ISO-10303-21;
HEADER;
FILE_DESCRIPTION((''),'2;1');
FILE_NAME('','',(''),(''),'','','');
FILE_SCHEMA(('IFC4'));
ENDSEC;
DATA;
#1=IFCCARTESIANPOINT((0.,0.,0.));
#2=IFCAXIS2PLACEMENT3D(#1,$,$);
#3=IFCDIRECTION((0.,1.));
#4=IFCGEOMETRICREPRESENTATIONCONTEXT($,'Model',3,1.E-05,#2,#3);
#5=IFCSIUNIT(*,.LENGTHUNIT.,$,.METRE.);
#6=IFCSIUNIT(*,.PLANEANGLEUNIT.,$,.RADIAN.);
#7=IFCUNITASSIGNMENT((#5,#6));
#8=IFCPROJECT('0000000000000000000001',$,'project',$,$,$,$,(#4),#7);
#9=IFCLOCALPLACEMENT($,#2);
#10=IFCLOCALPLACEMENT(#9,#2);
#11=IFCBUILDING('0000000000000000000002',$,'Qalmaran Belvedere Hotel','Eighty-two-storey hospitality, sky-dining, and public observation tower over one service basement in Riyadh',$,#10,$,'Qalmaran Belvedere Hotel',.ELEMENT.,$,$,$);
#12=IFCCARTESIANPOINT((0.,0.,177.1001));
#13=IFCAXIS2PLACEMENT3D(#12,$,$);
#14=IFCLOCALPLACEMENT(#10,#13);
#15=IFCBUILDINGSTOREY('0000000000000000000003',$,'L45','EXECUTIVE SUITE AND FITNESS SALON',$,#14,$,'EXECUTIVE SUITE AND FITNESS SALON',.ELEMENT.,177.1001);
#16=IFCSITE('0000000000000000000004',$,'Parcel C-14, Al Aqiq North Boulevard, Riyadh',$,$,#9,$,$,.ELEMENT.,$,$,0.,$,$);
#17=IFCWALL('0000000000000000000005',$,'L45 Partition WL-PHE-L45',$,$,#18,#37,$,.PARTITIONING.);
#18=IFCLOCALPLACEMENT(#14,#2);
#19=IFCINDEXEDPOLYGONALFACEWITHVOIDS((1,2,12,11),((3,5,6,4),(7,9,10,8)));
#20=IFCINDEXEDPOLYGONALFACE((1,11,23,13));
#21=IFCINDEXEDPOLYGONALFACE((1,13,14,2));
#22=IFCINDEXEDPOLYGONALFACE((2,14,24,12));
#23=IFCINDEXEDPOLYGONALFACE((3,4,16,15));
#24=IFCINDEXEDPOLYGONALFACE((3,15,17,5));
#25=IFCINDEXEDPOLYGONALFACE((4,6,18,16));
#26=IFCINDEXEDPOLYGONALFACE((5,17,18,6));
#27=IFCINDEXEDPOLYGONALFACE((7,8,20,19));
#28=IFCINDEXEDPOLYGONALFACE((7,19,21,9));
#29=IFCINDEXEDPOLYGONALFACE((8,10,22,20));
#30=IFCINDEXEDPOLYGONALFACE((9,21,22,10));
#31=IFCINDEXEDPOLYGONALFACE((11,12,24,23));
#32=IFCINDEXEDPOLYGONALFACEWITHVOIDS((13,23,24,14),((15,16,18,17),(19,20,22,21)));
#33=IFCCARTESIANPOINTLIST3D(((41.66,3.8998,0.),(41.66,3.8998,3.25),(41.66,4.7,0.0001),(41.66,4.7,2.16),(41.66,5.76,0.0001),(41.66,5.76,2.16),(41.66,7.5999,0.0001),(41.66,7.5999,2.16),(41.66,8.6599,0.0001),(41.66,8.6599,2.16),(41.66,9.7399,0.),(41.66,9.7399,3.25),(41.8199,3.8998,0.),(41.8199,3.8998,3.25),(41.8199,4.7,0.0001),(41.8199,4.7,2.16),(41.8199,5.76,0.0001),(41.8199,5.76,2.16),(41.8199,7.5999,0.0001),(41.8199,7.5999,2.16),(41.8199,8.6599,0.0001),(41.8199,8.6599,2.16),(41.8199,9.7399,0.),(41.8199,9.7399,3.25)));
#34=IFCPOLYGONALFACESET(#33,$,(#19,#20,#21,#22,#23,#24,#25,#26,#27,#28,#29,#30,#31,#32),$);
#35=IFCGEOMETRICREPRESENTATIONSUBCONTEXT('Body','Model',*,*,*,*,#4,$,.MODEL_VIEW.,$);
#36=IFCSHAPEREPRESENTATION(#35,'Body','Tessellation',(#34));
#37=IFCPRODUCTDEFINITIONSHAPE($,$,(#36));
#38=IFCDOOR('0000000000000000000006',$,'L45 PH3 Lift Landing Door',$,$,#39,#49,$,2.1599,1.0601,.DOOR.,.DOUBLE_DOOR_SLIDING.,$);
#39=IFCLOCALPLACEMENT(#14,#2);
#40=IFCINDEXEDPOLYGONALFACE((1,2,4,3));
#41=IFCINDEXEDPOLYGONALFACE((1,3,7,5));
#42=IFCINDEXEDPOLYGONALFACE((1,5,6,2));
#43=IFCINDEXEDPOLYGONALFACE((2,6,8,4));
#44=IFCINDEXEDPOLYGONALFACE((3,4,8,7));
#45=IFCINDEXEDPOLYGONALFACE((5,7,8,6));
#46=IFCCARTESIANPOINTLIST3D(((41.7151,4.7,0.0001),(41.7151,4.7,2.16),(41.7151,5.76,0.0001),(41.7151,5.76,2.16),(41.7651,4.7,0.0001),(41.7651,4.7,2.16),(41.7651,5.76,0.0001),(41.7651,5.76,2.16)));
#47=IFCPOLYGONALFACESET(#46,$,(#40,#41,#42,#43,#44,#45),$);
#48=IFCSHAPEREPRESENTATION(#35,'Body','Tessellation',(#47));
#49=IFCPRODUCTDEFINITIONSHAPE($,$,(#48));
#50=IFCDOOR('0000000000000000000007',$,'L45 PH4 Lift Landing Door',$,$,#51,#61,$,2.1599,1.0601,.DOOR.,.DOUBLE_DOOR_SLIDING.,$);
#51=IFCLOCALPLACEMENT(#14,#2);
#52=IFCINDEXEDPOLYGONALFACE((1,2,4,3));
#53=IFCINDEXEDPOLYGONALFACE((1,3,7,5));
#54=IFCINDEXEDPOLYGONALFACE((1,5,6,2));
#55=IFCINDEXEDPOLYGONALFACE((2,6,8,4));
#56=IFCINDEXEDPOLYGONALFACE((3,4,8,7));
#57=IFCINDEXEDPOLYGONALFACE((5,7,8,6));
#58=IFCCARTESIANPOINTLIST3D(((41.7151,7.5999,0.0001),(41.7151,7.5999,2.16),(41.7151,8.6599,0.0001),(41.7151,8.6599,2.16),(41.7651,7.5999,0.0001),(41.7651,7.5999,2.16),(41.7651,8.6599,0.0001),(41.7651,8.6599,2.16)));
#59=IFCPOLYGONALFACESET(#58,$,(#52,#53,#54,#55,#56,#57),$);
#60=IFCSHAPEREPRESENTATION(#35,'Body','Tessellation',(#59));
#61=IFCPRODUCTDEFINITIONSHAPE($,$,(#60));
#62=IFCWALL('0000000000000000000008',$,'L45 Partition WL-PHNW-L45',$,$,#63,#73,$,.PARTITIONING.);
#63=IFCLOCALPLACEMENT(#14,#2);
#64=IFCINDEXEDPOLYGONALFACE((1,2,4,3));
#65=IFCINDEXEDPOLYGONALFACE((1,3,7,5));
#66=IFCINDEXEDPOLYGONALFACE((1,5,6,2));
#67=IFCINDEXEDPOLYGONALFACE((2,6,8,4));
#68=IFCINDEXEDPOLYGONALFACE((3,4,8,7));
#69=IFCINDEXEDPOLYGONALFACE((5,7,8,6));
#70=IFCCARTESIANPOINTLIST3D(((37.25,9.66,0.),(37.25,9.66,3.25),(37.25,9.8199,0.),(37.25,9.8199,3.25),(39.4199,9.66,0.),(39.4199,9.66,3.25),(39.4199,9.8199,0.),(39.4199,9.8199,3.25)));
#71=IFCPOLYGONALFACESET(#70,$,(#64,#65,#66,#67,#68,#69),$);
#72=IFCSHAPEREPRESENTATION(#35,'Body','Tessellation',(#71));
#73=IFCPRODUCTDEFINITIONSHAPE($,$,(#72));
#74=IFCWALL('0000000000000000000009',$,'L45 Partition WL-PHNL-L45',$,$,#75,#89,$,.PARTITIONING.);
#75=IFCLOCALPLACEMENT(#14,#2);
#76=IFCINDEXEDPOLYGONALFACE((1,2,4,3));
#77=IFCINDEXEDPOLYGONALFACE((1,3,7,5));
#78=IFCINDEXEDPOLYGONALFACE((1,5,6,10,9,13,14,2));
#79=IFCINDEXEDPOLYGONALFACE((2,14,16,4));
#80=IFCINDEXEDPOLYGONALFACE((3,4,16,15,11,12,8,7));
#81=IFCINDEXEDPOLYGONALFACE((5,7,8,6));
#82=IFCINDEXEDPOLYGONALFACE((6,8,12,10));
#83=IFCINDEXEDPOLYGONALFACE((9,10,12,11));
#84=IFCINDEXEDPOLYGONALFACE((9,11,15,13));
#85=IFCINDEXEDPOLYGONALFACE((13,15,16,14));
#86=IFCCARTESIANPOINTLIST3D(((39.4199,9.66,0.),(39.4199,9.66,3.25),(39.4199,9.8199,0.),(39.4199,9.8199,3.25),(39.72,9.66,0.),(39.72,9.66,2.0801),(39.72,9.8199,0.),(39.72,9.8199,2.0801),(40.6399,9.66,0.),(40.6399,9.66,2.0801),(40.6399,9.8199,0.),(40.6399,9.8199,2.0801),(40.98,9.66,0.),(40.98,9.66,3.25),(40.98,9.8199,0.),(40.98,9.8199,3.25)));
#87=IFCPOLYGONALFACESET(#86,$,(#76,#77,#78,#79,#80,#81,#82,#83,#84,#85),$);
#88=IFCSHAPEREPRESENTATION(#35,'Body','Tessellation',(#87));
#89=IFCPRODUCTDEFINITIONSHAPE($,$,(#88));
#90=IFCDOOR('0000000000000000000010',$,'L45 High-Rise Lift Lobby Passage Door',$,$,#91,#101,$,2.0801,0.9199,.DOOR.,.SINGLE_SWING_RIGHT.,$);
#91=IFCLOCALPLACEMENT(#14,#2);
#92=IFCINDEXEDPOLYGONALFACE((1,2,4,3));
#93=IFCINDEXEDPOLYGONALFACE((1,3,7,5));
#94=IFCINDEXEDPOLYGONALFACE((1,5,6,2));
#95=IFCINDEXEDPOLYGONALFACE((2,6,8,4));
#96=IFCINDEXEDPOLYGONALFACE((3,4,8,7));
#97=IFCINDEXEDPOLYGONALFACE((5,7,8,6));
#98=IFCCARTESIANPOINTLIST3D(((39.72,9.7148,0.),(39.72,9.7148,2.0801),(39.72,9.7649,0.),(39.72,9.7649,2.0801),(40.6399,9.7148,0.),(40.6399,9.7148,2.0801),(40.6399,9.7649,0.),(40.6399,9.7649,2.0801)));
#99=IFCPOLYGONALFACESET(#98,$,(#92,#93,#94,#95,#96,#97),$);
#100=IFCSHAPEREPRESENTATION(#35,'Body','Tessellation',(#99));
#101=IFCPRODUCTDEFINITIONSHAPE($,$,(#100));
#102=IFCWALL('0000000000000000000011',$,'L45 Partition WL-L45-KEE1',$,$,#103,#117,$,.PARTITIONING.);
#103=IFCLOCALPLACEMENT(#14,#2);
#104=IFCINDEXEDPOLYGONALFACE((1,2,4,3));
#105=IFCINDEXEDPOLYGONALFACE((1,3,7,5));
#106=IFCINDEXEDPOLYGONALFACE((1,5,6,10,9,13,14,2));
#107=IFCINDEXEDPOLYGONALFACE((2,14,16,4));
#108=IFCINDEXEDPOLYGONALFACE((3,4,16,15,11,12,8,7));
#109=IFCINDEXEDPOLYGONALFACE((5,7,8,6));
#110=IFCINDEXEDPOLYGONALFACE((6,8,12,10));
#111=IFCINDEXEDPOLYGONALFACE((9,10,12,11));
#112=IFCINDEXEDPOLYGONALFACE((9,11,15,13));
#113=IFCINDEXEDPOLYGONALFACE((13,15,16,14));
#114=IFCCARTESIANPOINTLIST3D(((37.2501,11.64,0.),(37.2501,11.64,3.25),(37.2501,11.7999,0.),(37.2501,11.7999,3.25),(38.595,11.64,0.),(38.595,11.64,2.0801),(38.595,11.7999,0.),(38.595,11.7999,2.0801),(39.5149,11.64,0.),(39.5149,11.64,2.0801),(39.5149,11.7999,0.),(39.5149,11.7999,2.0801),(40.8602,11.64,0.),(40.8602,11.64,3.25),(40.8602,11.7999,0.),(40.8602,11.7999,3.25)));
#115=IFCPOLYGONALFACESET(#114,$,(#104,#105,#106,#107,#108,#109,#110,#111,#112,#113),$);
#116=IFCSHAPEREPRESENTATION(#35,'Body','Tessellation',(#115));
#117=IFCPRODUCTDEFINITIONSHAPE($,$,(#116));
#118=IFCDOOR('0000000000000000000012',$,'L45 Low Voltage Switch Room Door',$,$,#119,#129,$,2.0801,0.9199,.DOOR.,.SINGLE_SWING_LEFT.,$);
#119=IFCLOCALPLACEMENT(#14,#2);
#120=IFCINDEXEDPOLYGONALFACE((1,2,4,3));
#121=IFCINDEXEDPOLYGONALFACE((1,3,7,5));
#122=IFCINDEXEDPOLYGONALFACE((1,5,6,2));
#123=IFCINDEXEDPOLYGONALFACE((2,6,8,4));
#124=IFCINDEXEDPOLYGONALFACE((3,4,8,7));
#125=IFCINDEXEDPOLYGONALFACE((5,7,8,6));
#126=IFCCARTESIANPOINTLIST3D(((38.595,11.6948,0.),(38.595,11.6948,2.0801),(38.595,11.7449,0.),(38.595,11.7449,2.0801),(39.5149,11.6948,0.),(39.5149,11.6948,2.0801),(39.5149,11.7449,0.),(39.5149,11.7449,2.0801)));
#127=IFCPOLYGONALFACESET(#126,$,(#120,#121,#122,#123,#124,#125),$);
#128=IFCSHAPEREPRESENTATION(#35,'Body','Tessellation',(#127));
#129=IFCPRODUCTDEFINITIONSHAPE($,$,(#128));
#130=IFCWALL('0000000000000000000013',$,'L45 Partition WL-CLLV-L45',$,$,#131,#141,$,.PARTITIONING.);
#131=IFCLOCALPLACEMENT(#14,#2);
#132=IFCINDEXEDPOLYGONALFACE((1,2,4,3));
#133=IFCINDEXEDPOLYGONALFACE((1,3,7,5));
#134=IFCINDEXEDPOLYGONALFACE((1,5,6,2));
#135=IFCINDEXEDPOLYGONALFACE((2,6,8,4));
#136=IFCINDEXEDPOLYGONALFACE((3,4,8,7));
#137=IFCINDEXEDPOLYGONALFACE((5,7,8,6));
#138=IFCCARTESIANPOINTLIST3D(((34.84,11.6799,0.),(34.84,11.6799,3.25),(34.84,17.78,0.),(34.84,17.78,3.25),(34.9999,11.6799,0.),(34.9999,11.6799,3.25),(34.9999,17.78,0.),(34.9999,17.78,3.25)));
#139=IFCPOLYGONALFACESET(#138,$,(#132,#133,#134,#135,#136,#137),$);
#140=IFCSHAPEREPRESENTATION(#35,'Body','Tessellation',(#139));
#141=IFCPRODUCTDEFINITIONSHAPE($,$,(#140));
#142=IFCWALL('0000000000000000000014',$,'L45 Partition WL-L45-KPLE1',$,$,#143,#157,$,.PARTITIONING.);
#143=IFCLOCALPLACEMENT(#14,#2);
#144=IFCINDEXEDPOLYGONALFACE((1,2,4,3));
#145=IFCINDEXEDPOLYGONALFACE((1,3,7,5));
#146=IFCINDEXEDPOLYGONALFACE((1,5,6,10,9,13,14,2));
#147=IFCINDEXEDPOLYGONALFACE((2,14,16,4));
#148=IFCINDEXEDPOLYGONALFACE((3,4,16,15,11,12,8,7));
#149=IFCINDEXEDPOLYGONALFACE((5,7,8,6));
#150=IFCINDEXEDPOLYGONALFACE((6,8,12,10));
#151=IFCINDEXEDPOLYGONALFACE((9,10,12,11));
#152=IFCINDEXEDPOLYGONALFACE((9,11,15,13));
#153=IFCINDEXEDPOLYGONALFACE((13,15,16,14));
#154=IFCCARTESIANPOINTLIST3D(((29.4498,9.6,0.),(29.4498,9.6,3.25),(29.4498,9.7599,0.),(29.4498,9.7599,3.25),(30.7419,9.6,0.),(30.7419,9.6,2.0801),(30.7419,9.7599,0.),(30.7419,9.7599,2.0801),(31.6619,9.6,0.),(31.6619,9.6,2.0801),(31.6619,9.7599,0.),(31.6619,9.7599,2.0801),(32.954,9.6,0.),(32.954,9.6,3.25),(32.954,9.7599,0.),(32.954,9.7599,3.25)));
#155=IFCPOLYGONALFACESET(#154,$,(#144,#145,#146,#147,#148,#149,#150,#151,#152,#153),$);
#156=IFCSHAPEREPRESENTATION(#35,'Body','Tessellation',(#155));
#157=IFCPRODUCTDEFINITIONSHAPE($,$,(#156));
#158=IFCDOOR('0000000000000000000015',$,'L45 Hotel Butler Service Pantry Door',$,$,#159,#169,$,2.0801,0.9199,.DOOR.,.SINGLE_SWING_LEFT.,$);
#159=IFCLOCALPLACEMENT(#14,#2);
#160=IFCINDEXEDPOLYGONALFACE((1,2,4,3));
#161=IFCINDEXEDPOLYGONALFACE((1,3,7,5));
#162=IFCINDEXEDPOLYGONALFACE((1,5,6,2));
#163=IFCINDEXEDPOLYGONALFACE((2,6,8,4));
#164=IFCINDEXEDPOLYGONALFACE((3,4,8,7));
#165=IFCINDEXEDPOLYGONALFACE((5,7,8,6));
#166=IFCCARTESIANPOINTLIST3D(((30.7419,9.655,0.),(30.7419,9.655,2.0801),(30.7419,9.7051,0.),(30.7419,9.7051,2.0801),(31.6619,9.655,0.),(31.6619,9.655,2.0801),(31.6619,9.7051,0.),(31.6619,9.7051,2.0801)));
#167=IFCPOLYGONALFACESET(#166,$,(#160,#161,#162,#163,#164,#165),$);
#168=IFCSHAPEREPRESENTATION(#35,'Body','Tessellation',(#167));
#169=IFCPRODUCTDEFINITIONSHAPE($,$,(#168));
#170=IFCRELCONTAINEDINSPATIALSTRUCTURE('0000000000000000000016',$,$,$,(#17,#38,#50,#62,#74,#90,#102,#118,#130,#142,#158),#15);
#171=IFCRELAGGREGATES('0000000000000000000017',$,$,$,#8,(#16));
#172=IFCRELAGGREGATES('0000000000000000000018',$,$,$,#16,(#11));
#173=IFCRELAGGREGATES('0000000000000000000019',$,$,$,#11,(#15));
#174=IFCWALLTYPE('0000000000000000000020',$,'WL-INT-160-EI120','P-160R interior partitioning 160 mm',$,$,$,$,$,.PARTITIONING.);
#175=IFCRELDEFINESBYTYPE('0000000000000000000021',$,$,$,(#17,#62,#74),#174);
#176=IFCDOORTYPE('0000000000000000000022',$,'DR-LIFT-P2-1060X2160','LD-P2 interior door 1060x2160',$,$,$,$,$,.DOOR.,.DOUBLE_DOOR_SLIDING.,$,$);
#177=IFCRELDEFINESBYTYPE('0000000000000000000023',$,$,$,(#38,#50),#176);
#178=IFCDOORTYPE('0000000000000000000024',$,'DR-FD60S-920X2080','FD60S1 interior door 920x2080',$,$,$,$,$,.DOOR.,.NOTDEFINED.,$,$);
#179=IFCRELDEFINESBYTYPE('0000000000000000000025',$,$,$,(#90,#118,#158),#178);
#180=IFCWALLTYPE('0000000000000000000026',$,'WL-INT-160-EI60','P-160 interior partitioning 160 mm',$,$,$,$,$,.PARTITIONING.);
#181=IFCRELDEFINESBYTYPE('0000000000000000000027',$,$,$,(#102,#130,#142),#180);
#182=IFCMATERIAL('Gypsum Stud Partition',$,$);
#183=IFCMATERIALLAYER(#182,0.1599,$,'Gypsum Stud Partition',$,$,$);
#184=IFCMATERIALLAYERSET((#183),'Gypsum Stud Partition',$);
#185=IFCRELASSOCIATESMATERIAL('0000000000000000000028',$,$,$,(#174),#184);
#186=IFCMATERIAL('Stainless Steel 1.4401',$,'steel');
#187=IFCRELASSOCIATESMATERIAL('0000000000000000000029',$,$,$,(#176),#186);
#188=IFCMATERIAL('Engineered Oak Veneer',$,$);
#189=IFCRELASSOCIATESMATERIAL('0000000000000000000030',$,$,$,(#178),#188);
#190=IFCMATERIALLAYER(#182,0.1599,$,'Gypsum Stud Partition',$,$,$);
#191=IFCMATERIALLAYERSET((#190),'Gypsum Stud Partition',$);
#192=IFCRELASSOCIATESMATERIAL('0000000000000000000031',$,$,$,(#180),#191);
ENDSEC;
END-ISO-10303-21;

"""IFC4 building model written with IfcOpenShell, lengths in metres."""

from ifc_helpers import new_model, si_unit, direction, frame, frame_2d, origin, place, context, subcontext, project, spatial, rectangle, extrude, material, layer, layer_set, type_object, element, fill, save


model = new_model("IFC4")

# Units and contexts
model_context = context("Model", 3, precision=1e-05, world=origin(), true_north=direction((0.0, 1.0)))
body_context = subcontext(model_context, "Body", "Model", "MODEL_VIEW")
ifc_project = project(units=[si_unit("LENGTHUNIT", "METRE"), si_unit("PLANEANGLEUNIT", "RADIAN")], contexts=[model_context])

# Site, building, storey
site_placement = place(None, origin())
site = spatial("IfcSite", under=ifc_project, at=site_placement, Name="Parcel C-14, Al Aqiq North Boulevard, Riyadh", CompositionType="ELEMENT", RefElevation=0.0)
building_placement = place(site_placement, origin())
building = spatial("IfcBuilding", under=site, at=building_placement, Name="Qalmaran Belvedere Hotel", Description="Eighty-two-storey hospitality, sky-dining, and public observation tower over one service basement in Riyadh", LongName="Qalmaran Belvedere Hotel", CompositionType="ELEMENT")
storey_placement = place(building_placement, frame((0.0, 0.0, 177.1001)))
storey = spatial("IfcBuildingStorey", under=building, at=storey_placement, Name="L45", Description="EXECUTIVE SUITE AND FITNESS SALON", LongName="EXECUTIVE SUITE AND FITNESS SALON", CompositionType="ELEMENT", Elevation=177.1001)

# Shared definitions
ifc_material_1 = material(Name="Gypsum Stud Partition")

# Wall, openings, doors
ifc_layer_1 = layer(ifc_material_1, 0.1599, Name="Gypsum Stud Partition")
ifc_layer_set_1 = layer_set([ifc_layer_1], Name="Gypsum Stud Partition")
wall_type_1 = type_object("IfcWallType", Name="WL-INT-160-EI120", Description="P-160R interior partitioning 160 mm", PredefinedType="PARTITIONING", material=ifc_layer_set_1)
ifc_material_2 = material(Name="Stainless Steel 1.4401", Category="steel")
door_type_1 = type_object("IfcDoorType", Name="DR-LIFT-P2-1060X2160", Description="LD-P2 interior door 1060x2160", OperationType="DOUBLE_DOOR_SLIDING", PredefinedType="DOOR", material=ifc_material_2)
wall_1_placement = place(storey_placement, frame((41.74, 3.8999, 0.0), z_axis=(0.0, 0.0, 1.0), x_axis=(0.0, 1.0, 0.0)))
wall_1 = element("IfcWall", 1, at=wall_1_placement, inside=storey, type_object=wall_type_1, Name="L45 Partition WL-PHE-L45", PredefinedType="PARTITIONING", context=body_context, shape_type="SweptSolid", body=[
    extrude(rectangle(XDim=5.8401, YDim=0.1599, at=frame_2d((2.9199, 0.0))), origin(), (0.0, 0.0, 1.0), 3.25),
])
opening_1_placement = place(wall_1_placement, frame((0.8, 0.0, 0.0)))
opening_1 = element("IfcOpeningElement", 2, at=opening_1_placement, cuts=wall_1, PredefinedType="OPENING", context=body_context, shape_type="SweptSolid", body=[
    extrude(rectangle(XDim=1.0601, YDim=2.1599, at=frame_2d((0.53, 1.0801))), frame((0.0, 0.0898, 0.0), z_axis=(0.0, -1.0, 0.0), x_axis=(1.0, 0.0, 0.0)), (0.0, 0.0, 1.0), 0.1799),
])
opening_2_placement = place(wall_1_placement, frame((3.7, 0.0, 0.0)))
opening_2 = element("IfcOpeningElement", 3, at=opening_2_placement, cuts=wall_1, PredefinedType="OPENING", context=body_context, shape_type="SweptSolid", body=[
    extrude(rectangle(XDim=1.0601, YDim=2.1599, at=frame_2d((0.53, 1.0801))), frame((0.0, 0.0898, 0.0), z_axis=(0.0, -1.0, 0.0), x_axis=(1.0, 0.0, 0.0)), (0.0, 0.0, 1.0), 0.1799),
])
door_1_placement = place(opening_1_placement, origin())
door_1 = element("IfcDoor", 4, at=door_1_placement, inside=storey, type_object=door_type_1, Name="L45 PH3 Lift Landing Door", OperationType="DOUBLE_DOOR_SLIDING", OverallHeight=2.1599, OverallWidth=1.0601, PredefinedType="DOOR", context=body_context, shape_type="SweptSolid", body=[
    extrude(rectangle(XDim=1.0601, YDim=2.1599, at=frame_2d((0.53, 1.0801))), frame((0.0, 0.0249, 0.0), z_axis=(0.0, -1.0, 0.0), x_axis=(1.0, 0.0, 0.0)), (0.0, 0.0, 1.0), 0.05),
])
fill(opening_1, door_1)
door_2_placement = place(opening_2_placement, origin())
door_2 = element("IfcDoor", 5, at=door_2_placement, inside=storey, type_object=door_type_1, Name="L45 PH4 Lift Landing Door", OperationType="DOUBLE_DOOR_SLIDING", OverallHeight=2.1599, OverallWidth=1.0601, PredefinedType="DOOR", context=body_context, shape_type="SweptSolid", body=[
    extrude(rectangle(XDim=1.0601, YDim=2.1599, at=frame_2d((0.53, 1.0801))), frame((0.0, 0.0249, 0.0), z_axis=(0.0, -1.0, 0.0), x_axis=(1.0, 0.0, 0.0)), (0.0, 0.0, 1.0), 0.05),
])
fill(opening_2, door_2)

# Wall
wall_2_placement = place(storey_placement, frame((37.25, 9.74, 0.0), z_axis=(0.0, 0.0, 1.0), x_axis=(1.0, 0.0, 0.0)))
element("IfcWall", 6, at=wall_2_placement, inside=storey, type_object=wall_type_1, Name="L45 Partition WL-PHNW-L45", PredefinedType="PARTITIONING", context=body_context, shape_type="SweptSolid", body=[
    extrude(rectangle(XDim=2.1699, YDim=0.1599, at=frame_2d((1.085, 0.0))), origin(), (0.0, 0.0, 1.0), 3.25),
])

# Walls, openings, doors
wall_3_placement = place(storey_placement, frame((39.4199, 9.74, 0.0), z_axis=(0.0, 0.0, 1.0), x_axis=(1.0, 0.0, 0.0)))
wall_3 = element("IfcWall", 7, at=wall_3_placement, inside=storey, type_object=wall_type_1, Name="L45 Partition WL-PHNL-L45", PredefinedType="PARTITIONING", context=body_context, shape_type="SweptSolid", body=[
    extrude(rectangle(XDim=1.5601, YDim=0.1599, at=frame_2d((0.78, 0.0))), origin(), (0.0, 0.0, 1.0), 3.25),
])
opening_3_placement = place(wall_3_placement, frame((0.3, 0.0, 0.0)))
opening_3 = element("IfcOpeningElement", 8, at=opening_3_placement, cuts=wall_3, PredefinedType="OPENING", context=body_context, shape_type="SweptSolid", body=[
    extrude(rectangle(XDim=0.9199, YDim=2.0801, at=frame_2d((0.46, 1.04))), frame((0.0, 0.0898, 0.0), z_axis=(0.0, -1.0, 0.0), x_axis=(1.0, 0.0, 0.0)), (0.0, 0.0, 1.0), 0.1799),
])
ifc_material_3 = material(Name="Engineered Oak Veneer")
door_type_2 = type_object("IfcDoorType", Name="DR-FD60S-920X2080", Description="FD60S1 interior door 920x2080", OperationType="NOTDEFINED", PredefinedType="DOOR", material=ifc_material_3)
door_3_placement = place(opening_3_placement, origin())
door_3 = element("IfcDoor", 9, at=door_3_placement, inside=storey, type_object=door_type_2, Name="L45 High-Rise Lift Lobby Passage Door", OperationType="SINGLE_SWING_RIGHT", OverallHeight=2.0801, OverallWidth=0.9199, PredefinedType="DOOR", context=body_context, shape_type="SweptSolid", body=[
    extrude(rectangle(XDim=0.9199, YDim=2.0801, at=frame_2d((0.46, 1.04))), frame((0.0, 0.0249, 0.0), z_axis=(0.0, -1.0, 0.0), x_axis=(1.0, 0.0, 0.0)), (0.0, 0.0, 1.0), 0.05),
])
fill(opening_3, door_3)
ifc_layer_2 = layer(ifc_material_1, 0.1599, Name="Gypsum Stud Partition")
ifc_layer_set_2 = layer_set([ifc_layer_2], Name="Gypsum Stud Partition")
wall_type_2 = type_object("IfcWallType", Name="WL-INT-160-EI60", Description="P-160 interior partitioning 160 mm", PredefinedType="PARTITIONING", material=ifc_layer_set_2)
wall_4_placement = place(storey_placement, frame((37.25, 11.72, 0.0), z_axis=(0.0, 0.0, 1.0), x_axis=(1.0, 0.0, 0.0)))
wall_4 = element("IfcWall", 10, at=wall_4_placement, inside=storey, type_object=wall_type_2, Name="L45 Partition WL-L45-KEE1", PredefinedType="PARTITIONING", context=body_context, shape_type="SweptSolid", body=[
    extrude(rectangle(XDim=3.6101, YDim=0.1599, at=frame_2d((1.8052, 0.0))), origin(), (0.0, 0.0, 1.0), 3.25),
])
opening_4_placement = place(wall_4_placement, frame((1.345, 0.0, 0.0)))
opening_4 = element("IfcOpeningElement", 11, at=opening_4_placement, cuts=wall_4, PredefinedType="OPENING", context=body_context, shape_type="SweptSolid", body=[
    extrude(rectangle(XDim=0.9199, YDim=2.0801, at=frame_2d((0.46, 1.04))), frame((0.0, 0.0898, 0.0), z_axis=(0.0, -1.0, 0.0), x_axis=(1.0, 0.0, 0.0)), (0.0, 0.0, 1.0), 0.1799),
])
door_4_placement = place(opening_4_placement, origin())
door_4 = element("IfcDoor", 12, at=door_4_placement, inside=storey, type_object=door_type_2, Name="L45 Low Voltage Switch Room Door", OperationType="SINGLE_SWING_LEFT", OverallHeight=2.0801, OverallWidth=0.9199, PredefinedType="DOOR", context=body_context, shape_type="SweptSolid", body=[
    extrude(rectangle(XDim=0.9199, YDim=2.0801, at=frame_2d((0.46, 1.04))), frame((0.0, 0.0249, 0.0), z_axis=(0.0, -1.0, 0.0), x_axis=(1.0, 0.0, 0.0)), (0.0, 0.0, 1.0), 0.05),
])
fill(opening_4, door_4)

# Wall
wall_5_placement = place(storey_placement, frame((34.9199, 11.6799, 0.0), z_axis=(0.0, 0.0, 1.0), x_axis=(0.0, 1.0, 0.0)))
element("IfcWall", 13, at=wall_5_placement, inside=storey, type_object=wall_type_2, Name="L45 Partition WL-CLLV-L45", PredefinedType="PARTITIONING", context=body_context, shape_type="SweptSolid", body=[
    extrude(rectangle(XDim=6.1001, YDim=0.1599, at=frame_2d((3.05, 0.0))), origin(), (0.0, 0.0, 1.0), 3.25),
])

# Wall, opening, door
wall_6_placement = place(storey_placement, frame((29.45, 9.6799, 0.0), z_axis=(0.0, 0.0, 1.0), x_axis=(1.0, 0.0, 0.0)))
wall_6 = element("IfcWall", 14, at=wall_6_placement, inside=storey, type_object=wall_type_2, Name="L45 Partition WL-L45-KPLE1", PredefinedType="PARTITIONING", context=body_context, shape_type="SweptSolid", body=[
    extrude(rectangle(XDim=3.5042, YDim=0.1599, at=frame_2d((1.752, 0.0))), origin(), (0.0, 0.0, 1.0), 3.25),
])
opening_5_placement = place(wall_6_placement, frame((2.2119, 0.0, 0.0), z_axis=(0.0, 0.0, 1.0), x_axis=(-1.0, 0.0, 0.0)))
opening_5 = element("IfcOpeningElement", 15, at=opening_5_placement, cuts=wall_6, PredefinedType="OPENING", context=body_context, shape_type="SweptSolid", body=[
    extrude(rectangle(XDim=0.9199, YDim=2.0801, at=frame_2d((0.46, 1.04))), frame((0.0, 0.0898, 0.0), z_axis=(0.0, -1.0, 0.0), x_axis=(1.0, 0.0, 0.0)), (0.0, 0.0, 1.0), 0.1799),
])
door_5_placement = place(opening_5_placement, origin())
door_5 = element("IfcDoor", 16, at=door_5_placement, inside=storey, type_object=door_type_2, Name="L45 Hotel Butler Service Pantry Door", OperationType="SINGLE_SWING_LEFT", OverallHeight=2.0801, OverallWidth=0.9199, PredefinedType="DOOR", context=body_context, shape_type="SweptSolid", body=[
    extrude(rectangle(XDim=0.9199, YDim=2.0801, at=frame_2d((0.46, 1.04))), frame((0.0, 0.0249, 0.0), z_axis=(0.0, -1.0, 0.0), x_axis=(1.0, 0.0, 0.0)), (0.0, 0.0, 1.0), 0.05),
])
fill(opening_5, door_5)

save(model, "model.ifc")
